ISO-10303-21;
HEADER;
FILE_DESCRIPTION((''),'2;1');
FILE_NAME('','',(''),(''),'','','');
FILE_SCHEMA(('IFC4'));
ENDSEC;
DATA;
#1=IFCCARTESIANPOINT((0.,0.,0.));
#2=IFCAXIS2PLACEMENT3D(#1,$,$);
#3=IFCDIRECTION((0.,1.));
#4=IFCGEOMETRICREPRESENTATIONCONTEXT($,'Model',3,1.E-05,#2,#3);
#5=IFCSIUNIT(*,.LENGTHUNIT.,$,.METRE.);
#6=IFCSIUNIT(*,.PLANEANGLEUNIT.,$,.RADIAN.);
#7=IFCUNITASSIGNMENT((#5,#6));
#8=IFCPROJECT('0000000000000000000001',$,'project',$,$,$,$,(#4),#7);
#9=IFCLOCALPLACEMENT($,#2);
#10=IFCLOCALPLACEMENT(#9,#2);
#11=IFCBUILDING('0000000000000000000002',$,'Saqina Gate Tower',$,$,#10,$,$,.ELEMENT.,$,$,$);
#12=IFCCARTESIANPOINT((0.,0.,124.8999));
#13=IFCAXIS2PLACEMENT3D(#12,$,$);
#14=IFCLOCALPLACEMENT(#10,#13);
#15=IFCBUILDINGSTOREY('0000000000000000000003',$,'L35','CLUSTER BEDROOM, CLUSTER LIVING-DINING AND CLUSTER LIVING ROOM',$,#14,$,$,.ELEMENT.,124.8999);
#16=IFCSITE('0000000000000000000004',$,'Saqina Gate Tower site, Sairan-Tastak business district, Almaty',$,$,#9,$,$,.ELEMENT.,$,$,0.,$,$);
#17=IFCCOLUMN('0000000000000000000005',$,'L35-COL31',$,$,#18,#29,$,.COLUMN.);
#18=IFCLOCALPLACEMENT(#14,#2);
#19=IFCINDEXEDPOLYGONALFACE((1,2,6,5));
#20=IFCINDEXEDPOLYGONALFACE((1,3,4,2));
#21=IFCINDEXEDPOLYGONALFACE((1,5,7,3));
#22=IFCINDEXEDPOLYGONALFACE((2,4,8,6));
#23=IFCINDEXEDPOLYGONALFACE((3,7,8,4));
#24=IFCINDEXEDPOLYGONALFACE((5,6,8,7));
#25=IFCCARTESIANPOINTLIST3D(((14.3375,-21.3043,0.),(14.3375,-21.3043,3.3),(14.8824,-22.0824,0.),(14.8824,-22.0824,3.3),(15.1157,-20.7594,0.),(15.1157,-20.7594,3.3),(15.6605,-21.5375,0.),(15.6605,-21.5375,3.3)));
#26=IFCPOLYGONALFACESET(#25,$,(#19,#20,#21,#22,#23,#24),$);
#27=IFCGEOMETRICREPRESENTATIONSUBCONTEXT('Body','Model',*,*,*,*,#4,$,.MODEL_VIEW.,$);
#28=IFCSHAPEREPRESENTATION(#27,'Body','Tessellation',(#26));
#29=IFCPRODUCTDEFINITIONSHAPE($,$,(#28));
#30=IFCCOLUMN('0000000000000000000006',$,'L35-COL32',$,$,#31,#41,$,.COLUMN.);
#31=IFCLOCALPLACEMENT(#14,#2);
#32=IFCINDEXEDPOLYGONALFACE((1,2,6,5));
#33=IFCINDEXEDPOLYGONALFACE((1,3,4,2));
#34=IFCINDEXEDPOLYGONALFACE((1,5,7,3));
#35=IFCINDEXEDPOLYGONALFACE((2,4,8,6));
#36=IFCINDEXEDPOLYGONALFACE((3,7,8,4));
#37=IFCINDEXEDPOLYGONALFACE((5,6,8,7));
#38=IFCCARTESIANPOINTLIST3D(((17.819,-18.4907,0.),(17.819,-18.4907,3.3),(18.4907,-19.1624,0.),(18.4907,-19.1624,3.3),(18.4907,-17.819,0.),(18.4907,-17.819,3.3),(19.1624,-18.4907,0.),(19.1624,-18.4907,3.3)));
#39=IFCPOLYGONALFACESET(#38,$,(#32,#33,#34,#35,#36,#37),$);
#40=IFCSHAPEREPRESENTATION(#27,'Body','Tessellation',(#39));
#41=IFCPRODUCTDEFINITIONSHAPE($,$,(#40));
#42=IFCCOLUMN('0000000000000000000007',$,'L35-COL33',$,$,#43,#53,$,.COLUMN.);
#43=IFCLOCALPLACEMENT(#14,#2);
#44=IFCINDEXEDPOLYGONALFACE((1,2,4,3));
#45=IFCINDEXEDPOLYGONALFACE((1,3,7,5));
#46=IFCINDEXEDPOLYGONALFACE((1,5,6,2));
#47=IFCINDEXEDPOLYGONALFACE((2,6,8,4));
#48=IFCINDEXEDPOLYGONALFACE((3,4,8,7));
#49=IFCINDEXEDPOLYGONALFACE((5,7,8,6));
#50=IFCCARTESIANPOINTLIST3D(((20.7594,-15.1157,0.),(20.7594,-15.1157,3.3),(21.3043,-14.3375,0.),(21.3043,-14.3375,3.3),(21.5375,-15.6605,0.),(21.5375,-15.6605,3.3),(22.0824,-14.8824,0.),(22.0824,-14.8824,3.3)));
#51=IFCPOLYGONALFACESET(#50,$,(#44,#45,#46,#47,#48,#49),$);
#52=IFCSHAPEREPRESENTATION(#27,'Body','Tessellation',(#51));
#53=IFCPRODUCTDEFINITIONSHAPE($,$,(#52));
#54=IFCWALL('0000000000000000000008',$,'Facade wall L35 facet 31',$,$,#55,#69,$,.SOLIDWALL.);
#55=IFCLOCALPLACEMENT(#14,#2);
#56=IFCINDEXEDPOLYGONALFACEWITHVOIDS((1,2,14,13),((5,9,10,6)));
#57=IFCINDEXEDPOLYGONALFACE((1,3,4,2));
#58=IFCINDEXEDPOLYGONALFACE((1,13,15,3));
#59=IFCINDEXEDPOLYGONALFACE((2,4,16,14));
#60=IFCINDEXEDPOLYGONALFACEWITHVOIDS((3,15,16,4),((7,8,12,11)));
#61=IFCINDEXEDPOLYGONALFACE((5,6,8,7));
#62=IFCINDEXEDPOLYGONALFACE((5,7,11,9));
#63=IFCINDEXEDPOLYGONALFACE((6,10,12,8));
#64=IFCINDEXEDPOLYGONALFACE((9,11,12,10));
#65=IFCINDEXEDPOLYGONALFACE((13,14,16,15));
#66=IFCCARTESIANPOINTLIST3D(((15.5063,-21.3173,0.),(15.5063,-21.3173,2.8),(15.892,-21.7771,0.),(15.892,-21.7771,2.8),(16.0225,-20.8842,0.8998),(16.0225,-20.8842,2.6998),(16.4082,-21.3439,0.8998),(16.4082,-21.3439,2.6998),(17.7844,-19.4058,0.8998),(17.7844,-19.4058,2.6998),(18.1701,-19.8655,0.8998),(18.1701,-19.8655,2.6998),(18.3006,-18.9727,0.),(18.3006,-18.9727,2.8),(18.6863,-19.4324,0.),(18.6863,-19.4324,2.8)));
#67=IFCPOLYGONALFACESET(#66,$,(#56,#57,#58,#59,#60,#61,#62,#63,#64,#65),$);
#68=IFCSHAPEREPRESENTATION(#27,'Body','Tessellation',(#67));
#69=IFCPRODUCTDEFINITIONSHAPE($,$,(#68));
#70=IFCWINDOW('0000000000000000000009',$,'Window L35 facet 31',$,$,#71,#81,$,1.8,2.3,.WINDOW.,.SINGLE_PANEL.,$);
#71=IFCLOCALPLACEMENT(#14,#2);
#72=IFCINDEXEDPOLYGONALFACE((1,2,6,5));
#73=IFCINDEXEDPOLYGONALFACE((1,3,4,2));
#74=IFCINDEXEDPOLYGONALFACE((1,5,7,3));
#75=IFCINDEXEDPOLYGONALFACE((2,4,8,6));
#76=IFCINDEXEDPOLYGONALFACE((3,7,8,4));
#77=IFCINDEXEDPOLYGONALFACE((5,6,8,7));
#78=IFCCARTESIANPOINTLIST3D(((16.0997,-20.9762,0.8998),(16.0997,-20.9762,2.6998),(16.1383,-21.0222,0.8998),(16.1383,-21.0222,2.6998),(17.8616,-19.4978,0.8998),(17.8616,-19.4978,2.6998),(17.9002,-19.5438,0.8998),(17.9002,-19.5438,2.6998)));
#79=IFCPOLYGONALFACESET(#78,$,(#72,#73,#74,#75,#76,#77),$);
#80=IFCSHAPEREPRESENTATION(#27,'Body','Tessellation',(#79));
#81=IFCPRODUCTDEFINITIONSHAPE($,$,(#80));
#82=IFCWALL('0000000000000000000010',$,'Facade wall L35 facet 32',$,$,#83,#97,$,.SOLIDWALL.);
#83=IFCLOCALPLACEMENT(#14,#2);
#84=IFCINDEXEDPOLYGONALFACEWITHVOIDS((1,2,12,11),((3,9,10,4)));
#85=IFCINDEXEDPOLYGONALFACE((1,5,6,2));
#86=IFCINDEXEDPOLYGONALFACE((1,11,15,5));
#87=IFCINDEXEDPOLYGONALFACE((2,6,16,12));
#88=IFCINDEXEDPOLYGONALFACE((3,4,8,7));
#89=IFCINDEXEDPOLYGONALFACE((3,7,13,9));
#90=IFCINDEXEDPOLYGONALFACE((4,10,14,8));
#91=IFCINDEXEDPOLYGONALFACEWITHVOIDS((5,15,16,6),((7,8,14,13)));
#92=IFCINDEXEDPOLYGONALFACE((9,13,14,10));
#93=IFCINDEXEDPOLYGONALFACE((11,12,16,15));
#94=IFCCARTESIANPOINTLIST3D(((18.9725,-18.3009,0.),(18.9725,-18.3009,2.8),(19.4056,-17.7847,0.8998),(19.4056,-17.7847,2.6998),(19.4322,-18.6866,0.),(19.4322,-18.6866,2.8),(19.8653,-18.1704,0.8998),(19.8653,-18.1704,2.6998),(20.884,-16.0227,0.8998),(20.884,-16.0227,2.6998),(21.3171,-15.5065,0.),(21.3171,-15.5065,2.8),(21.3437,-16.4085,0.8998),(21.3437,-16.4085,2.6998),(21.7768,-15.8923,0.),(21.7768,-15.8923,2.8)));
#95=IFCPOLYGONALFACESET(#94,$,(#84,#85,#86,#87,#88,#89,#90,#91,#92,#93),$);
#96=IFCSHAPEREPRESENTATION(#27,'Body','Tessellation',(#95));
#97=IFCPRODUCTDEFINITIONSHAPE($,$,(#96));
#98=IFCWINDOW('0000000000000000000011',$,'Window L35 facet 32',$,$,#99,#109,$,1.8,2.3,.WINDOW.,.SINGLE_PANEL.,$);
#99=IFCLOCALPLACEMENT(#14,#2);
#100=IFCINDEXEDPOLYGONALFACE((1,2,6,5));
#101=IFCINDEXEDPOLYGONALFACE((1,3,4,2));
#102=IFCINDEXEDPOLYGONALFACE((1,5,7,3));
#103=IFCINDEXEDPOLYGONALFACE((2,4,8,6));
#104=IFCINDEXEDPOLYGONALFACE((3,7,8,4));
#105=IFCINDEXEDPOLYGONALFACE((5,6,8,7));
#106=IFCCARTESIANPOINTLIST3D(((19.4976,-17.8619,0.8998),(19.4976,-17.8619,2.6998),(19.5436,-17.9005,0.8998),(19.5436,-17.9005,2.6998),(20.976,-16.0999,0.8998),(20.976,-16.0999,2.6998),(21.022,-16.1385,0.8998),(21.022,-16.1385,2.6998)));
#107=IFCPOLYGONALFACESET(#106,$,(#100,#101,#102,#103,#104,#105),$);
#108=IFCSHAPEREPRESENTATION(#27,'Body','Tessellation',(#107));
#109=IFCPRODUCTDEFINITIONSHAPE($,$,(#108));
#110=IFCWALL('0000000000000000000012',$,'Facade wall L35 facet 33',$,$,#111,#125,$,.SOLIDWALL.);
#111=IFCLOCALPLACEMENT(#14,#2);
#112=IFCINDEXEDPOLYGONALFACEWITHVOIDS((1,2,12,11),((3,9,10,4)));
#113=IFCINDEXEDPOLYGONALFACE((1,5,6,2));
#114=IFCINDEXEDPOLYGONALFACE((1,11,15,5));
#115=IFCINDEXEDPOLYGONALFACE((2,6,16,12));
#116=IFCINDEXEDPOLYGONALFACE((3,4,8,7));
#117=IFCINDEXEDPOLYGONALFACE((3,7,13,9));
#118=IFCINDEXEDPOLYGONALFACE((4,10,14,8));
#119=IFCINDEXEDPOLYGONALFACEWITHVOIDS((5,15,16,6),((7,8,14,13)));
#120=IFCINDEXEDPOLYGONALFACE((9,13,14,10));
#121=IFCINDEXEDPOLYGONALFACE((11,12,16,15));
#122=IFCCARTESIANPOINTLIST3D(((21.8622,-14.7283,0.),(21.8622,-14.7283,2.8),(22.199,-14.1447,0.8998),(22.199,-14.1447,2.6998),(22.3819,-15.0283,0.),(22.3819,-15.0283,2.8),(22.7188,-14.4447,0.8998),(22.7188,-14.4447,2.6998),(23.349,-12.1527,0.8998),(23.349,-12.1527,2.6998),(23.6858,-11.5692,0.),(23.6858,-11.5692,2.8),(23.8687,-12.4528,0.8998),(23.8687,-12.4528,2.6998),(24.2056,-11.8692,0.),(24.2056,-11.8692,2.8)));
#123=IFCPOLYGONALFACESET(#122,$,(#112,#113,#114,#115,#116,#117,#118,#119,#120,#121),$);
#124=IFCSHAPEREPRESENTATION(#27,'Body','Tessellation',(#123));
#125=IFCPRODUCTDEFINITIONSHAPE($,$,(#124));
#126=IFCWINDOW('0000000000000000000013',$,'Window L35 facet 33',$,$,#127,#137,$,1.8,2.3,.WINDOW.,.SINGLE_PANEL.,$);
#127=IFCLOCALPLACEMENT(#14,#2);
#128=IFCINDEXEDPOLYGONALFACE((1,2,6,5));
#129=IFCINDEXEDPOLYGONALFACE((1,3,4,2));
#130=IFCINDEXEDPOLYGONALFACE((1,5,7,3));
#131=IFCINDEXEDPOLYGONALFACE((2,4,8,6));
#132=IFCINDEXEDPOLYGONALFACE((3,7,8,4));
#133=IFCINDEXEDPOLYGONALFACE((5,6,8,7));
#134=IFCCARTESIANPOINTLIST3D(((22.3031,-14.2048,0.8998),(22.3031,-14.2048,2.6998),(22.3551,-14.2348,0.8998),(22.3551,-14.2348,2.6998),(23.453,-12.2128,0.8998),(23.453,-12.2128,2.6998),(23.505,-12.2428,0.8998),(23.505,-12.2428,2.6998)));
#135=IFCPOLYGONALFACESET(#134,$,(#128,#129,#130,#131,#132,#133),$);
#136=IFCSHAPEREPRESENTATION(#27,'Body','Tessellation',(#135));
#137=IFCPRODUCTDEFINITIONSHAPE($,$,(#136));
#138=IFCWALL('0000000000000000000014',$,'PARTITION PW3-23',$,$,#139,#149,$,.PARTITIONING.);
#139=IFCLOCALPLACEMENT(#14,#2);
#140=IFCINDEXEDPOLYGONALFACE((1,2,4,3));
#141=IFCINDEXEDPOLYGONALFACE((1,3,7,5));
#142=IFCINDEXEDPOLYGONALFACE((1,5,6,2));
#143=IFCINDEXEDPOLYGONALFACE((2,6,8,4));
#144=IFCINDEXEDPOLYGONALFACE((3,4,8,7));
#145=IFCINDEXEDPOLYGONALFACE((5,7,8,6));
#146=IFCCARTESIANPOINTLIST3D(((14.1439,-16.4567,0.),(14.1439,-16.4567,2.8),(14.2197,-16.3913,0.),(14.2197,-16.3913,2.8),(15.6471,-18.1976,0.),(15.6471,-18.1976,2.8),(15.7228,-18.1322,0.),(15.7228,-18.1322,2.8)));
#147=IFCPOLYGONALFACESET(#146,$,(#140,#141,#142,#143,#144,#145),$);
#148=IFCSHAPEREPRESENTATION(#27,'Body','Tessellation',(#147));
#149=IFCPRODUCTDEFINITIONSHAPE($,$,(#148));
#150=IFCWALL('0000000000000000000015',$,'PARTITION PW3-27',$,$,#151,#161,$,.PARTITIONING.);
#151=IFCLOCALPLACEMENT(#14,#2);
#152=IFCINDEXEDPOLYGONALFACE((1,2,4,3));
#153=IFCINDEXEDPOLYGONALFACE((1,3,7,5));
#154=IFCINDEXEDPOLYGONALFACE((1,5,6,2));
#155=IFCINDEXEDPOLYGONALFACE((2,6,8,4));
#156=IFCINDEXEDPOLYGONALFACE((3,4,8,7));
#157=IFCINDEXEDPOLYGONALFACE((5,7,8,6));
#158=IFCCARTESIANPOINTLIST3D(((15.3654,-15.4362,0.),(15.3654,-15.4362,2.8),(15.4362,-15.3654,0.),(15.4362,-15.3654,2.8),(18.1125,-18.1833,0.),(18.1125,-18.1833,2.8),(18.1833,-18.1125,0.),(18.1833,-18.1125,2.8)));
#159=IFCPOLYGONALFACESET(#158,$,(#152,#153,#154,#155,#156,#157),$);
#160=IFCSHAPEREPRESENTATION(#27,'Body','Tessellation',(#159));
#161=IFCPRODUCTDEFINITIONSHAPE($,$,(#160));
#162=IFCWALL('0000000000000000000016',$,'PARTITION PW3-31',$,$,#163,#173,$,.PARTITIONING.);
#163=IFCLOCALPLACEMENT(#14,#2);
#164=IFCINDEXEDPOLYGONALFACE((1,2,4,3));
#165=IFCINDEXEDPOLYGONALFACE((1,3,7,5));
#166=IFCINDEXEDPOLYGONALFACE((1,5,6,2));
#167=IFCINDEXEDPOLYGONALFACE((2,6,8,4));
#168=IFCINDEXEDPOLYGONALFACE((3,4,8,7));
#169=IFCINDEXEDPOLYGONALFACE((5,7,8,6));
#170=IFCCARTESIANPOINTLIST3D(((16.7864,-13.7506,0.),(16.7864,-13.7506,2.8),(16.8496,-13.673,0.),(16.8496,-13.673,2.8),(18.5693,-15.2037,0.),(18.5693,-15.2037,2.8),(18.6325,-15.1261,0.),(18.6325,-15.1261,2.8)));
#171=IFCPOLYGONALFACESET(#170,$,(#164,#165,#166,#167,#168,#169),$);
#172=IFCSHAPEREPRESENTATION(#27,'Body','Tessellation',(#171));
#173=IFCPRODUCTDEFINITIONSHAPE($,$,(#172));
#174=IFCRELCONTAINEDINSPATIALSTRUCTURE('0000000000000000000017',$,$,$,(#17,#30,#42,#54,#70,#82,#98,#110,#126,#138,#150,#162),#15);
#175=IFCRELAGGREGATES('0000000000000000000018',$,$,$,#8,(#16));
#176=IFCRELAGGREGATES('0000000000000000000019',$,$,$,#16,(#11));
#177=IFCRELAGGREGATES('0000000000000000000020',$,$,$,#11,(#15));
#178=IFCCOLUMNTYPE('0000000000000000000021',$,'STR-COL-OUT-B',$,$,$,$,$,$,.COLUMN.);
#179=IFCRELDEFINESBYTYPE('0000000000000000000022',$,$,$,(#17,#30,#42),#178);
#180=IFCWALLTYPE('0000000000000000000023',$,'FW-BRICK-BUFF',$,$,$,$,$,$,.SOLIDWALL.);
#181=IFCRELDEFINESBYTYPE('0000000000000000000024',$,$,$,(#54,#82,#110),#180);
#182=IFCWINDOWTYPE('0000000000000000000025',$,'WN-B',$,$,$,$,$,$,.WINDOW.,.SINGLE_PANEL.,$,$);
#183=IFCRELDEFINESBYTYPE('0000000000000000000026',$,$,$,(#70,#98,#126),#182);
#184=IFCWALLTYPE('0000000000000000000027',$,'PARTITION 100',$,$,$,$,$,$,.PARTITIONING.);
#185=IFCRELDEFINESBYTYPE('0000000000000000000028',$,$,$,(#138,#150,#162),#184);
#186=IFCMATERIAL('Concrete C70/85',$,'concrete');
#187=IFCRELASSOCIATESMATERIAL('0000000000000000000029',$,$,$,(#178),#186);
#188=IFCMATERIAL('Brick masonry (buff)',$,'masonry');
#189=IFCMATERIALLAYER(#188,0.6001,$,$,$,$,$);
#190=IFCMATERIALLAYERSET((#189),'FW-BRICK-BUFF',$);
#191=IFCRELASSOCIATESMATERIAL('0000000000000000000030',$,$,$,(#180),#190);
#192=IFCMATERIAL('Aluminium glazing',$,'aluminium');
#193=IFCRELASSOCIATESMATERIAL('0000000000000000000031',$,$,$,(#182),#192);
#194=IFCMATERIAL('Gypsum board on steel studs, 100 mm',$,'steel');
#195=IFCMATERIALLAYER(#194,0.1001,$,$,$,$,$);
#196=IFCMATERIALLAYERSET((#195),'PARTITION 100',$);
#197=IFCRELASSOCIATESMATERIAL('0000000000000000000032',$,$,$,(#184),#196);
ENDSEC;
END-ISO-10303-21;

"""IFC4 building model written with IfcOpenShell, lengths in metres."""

from ifc_helpers import new_model, si_unit, direction, frame, frame_2d, origin, origin_2d, place, context, subcontext, project, spatial, rectangle, extrude, material, layer, layer_set, material_profile, profile_set, type_object, element, fill, save


model = new_model("IFC4")

# Units and contexts
model_context = context("Model", 3, precision=1e-05, world=origin(), true_north=direction((0.0, 1.0)))
body_context = subcontext(model_context, "Body", "Model", "MODEL_VIEW")
ifc_project = project(units=[si_unit("LENGTHUNIT", "METRE"), si_unit("PLANEANGLEUNIT", "RADIAN")], contexts=[model_context])

# Site, building, storey
site_placement = place(None, origin())
site = spatial("IfcSite", under=ifc_project, at=site_placement, Name="Saqina Gate Tower site, Sairan-Tastak business district, Almaty", CompositionType="ELEMENT", RefElevation=0.0)
building_placement = place(site_placement, origin())
building = spatial("IfcBuilding", under=site, at=building_placement, Name="Saqina Gate Tower", CompositionType="ELEMENT")
storey_placement = place(building_placement, frame((0.0, 0.0, 124.8999)))
storey = spatial("IfcBuildingStorey", under=building, at=storey_placement, Name="L35", Description="CLUSTER BEDROOM, CLUSTER LIVING-DINING AND CLUSTER LIVING ROOM", CompositionType="ELEMENT", Elevation=124.8999)

# Columns
ifc_material_1 = material(Name="Concrete C70/85", Category="concrete")
ifc_material_profile = material_profile(ifc_material_1, rectangle(XDim=0.95, YDim=0.95, at=origin_2d()), Name="RC 950x950")
ifc_profile_set = profile_set([ifc_material_profile], Name="Concrete C70/85")
column_type = type_object("IfcColumnType", Name="STR-COL-OUT-B", PredefinedType="COLUMN", material=ifc_profile_set)
for number, where, z_axis, x_axis, name in (
    (1, (14.999, -21.4209, 0.0), (0.0, 0.0, 1.0), (0.573576, -0.819152, 0.0), "L35-COL31"),
    (2, (18.4907, -18.4907, 0.0), (0.0, 0.0, 1.0), (0.707107, -0.707107, 0.0), "L35-COL32"),
    (3, (21.4209, -14.999, 0.0), (0.0, 0.0, 1.0), (0.819152, -0.573576, 0.0), "L35-COL33"),
):
    element("IfcColumn", number, at=place(storey_placement, frame(where, z_axis=z_axis, x_axis=x_axis)), inside=storey, type_object=column_type, Name=name, PredefinedType="COLUMN", context=body_context, shape_type="SweptSolid", body=[
        extrude(rectangle(XDim=0.95, YDim=0.95, at=origin_2d()), origin(), (0.0, 0.0, 1.0), 3.3),
    ])

# Walls, openings, windows
ifc_material_2 = material(Name="Brick masonry (buff)", Category="masonry")
ifc_layer_1 = layer(ifc_material_2, 0.6001)
ifc_layer_set_1 = layer_set([ifc_layer_1], Name="FW-BRICK-BUFF")
wall_type_1 = type_object("IfcWallType", Name="FW-BRICK-BUFF", PredefinedType="SOLIDWALL", material=ifc_layer_set_1)
wall_1_placement = place(storey_placement, frame((15.6992, -21.5471, 0.0), z_axis=(0.0, 0.0, 1.0), x_axis=(0.766055, 0.642774, 0.0)))
wall_1 = element("IfcWall", 4, at=wall_1_placement, inside=storey, type_object=wall_type_1, Name="Facade wall L35 facet 31", PredefinedType="SOLIDWALL", context=body_context, shape_type="SweptSolid", body=[
    extrude(rectangle(XDim=3.6477, YDim=0.6001, at=frame_2d((1.8237, 0.0))), origin(), (0.0, 0.0, 1.0), 2.8),
])
opening_1_placement = place(wall_1_placement, frame((0.6738, 0.0, 0.8999)))
opening_1 = element("IfcOpeningElement", 5, at=opening_1_placement, cuts=wall_1, PredefinedType="OPENING", context=body_context, shape_type="SweptSolid", body=[
    extrude(rectangle(XDim=2.3, YDim=1.8, at=frame_2d((1.1499, 0.8999))), frame((0.0, 0.312, 0.0), z_axis=(0.0, -1.0, 0.0), x_axis=(1.0, 0.0, 0.0)), (0.0, 0.0, 1.0), 0.624),
])
ifc_material_3 = material(Name="Aluminium glazing", Category="aluminium")
window_type = type_object("IfcWindowType", Name="WN-B", PartitioningType="SINGLE_PANEL", PredefinedType="WINDOW", material=ifc_material_3)
window_1_placement = place(opening_1_placement, origin())
window_1 = element("IfcWindow", 6, at=window_1_placement, inside=storey, type_object=window_type, Name="Window L35 facet 31", OverallHeight=1.8, OverallWidth=2.3, PartitioningType="SINGLE_PANEL", PredefinedType="WINDOW", context=body_context, shape_type="SweptSolid", body=[
    extrude(rectangle(XDim=2.3, YDim=1.8, at=frame_2d((1.1499, 0.8999))), frame((0.0, 0.1799, 0.0), z_axis=(0.0, -1.0, 0.0), x_axis=(1.0, 0.0, 0.0)), (0.0, 0.0, 1.0), 0.0601),
])
fill(opening_1, window_1)
wall_2_placement = place(storey_placement, frame((19.2024, -18.4937, 0.0), z_axis=(0.0, 0.0, 1.0), x_axis=(0.642774, 0.766055, 0.0)))
wall_2 = element("IfcWall", 7, at=wall_2_placement, inside=storey, type_object=wall_type_1, Name="Facade wall L35 facet 32", PredefinedType="SOLIDWALL", context=body_context, shape_type="SweptSolid", body=[
    extrude(rectangle(XDim=3.6477, YDim=0.6001, at=frame_2d((1.8237, 0.0))), origin(), (0.0, 0.0, 1.0), 2.8),
])
opening_2_placement = place(wall_2_placement, frame((0.6738, 0.0, 0.8999)))
opening_2 = element("IfcOpeningElement", 8, at=opening_2_placement, cuts=wall_2, PredefinedType="OPENING", context=body_context, shape_type="SweptSolid", body=[
    extrude(rectangle(XDim=2.3, YDim=1.8, at=frame_2d((1.1499, 0.8999))), frame((0.0, 0.312, 0.0), z_axis=(0.0, -1.0, 0.0), x_axis=(1.0, 0.0, 0.0)), (0.0, 0.0, 1.0), 0.624),
])
window_2_placement = place(opening_2_placement, origin())
window_2 = element("IfcWindow", 9, at=window_2_placement, inside=storey, type_object=window_type, Name="Window L35 facet 32", OverallHeight=1.8, OverallWidth=2.3, PartitioningType="SINGLE_PANEL", PredefinedType="WINDOW", context=body_context, shape_type="SweptSolid", body=[
    extrude(rectangle(XDim=2.3, YDim=1.8, at=frame_2d((1.1499, 0.8999))), frame((0.0, 0.1799, 0.0), z_axis=(0.0, -1.0, 0.0), x_axis=(1.0, 0.0, 0.0)), (0.0, 0.0, 1.0), 0.0601),
])
fill(opening_2, window_2)
wall_3_placement = place(storey_placement, frame((22.1221, -14.8782, 0.0), z_axis=(0.0, 0.0, 1.0), x_axis=(0.499954, 0.866052, 0.0)))
wall_3 = element("IfcWall", 10, at=wall_3_placement, inside=storey, type_object=wall_type_1, Name="Facade wall L35 facet 33", PredefinedType="SOLIDWALL", context=body_context, shape_type="SweptSolid", body=[
    extrude(rectangle(XDim=3.6477, YDim=0.6001, at=frame_2d((1.8237, 0.0))), origin(), (0.0, 0.0, 1.0), 2.8),
])
opening_3_placement = place(wall_3_placement, frame((0.6738, 0.0, 0.8999)))
opening_3 = element("IfcOpeningElement", 11, at=opening_3_placement, cuts=wall_3, PredefinedType="OPENING", context=body_context, shape_type="SweptSolid", body=[
    extrude(rectangle(XDim=2.3, YDim=1.8, at=frame_2d((1.1499, 0.8999))), frame((0.0, 0.312, 0.0), z_axis=(0.0, -1.0, 0.0), x_axis=(1.0, 0.0, 0.0)), (0.0, 0.0, 1.0), 0.624),
])
window_3_placement = place(opening_3_placement, origin())
window_3 = element("IfcWindow", 12, at=window_3_placement, inside=storey, type_object=window_type, Name="Window L35 facet 33", OverallHeight=1.8, OverallWidth=2.3, PartitioningType="SINGLE_PANEL", PredefinedType="WINDOW", context=body_context, shape_type="SweptSolid", body=[
    extrude(rectangle(XDim=2.3, YDim=1.8, at=frame_2d((1.1499, 0.8999))), frame((0.0, 0.1799, 0.0), z_axis=(0.0, -1.0, 0.0), x_axis=(1.0, 0.0, 0.0)), (0.0, 0.0, 1.0), 0.0601),
])
fill(opening_3, window_3)

# Walls
ifc_material_4 = material(Name="Gypsum board on steel studs, 100 mm", Category="steel")
ifc_layer_2 = layer(ifc_material_4, 0.1001)
ifc_layer_set_2 = layer_set([ifc_layer_2], Name="PARTITION 100")
wall_type_2 = type_object("IfcWallType", Name="PARTITION 100", PredefinedType="PARTITIONING", material=ifc_layer_set_2)
wall_4_placement = place(storey_placement, frame((14.1819, -16.4241, 0.0), z_axis=(0.0, 0.0, 1.0), x_axis=(0.653523, -0.756907, 0.0)))
element("IfcWall", 13, at=wall_4_placement, inside=storey, type_object=wall_type_2, Name="PARTITION PW3-23", PredefinedType="PARTITIONING", context=body_context, shape_type="SweptSolid", body=[
    extrude(rectangle(XDim=2.3, YDim=0.1001, at=frame_2d((1.1499, 0.0))), origin(), (0.0, 0.0, 1.0), 2.8),
])
wall_5_placement = place(storey_placement, frame((15.4009, -15.4009, 0.0), z_axis=(0.0, 0.0, 1.0), x_axis=(0.707107, -0.707107, 0.0)))
element("IfcWall", 14, at=wall_5_placement, inside=storey, type_object=wall_type_2, Name="PARTITION PW3-27", PredefinedType="PARTITIONING", context=body_context, shape_type="SweptSolid", body=[
    extrude(rectangle(XDim=3.885, YDim=0.1001, at=frame_2d((1.9424, 0.0))), origin(), (0.0, 0.0, 1.0), 2.8),
])
wall_6_placement = place(storey_placement, frame((16.8181, -13.7119, 0.0), z_axis=(0.0, 0.0, 1.0), x_axis=(0.775162, -0.631763, 0.0)))
element("IfcWall", 15, at=wall_6_placement, inside=storey, type_object=wall_type_2, Name="PARTITION PW3-31", PredefinedType="PARTITIONING", context=body_context, shape_type="SweptSolid", body=[
    extrude(rectangle(XDim=2.3, YDim=0.1001, at=frame_2d((1.1499, 0.0))), origin(), (0.0, 0.0, 1.0), 2.8),
])

save(model, "model.ifc")
